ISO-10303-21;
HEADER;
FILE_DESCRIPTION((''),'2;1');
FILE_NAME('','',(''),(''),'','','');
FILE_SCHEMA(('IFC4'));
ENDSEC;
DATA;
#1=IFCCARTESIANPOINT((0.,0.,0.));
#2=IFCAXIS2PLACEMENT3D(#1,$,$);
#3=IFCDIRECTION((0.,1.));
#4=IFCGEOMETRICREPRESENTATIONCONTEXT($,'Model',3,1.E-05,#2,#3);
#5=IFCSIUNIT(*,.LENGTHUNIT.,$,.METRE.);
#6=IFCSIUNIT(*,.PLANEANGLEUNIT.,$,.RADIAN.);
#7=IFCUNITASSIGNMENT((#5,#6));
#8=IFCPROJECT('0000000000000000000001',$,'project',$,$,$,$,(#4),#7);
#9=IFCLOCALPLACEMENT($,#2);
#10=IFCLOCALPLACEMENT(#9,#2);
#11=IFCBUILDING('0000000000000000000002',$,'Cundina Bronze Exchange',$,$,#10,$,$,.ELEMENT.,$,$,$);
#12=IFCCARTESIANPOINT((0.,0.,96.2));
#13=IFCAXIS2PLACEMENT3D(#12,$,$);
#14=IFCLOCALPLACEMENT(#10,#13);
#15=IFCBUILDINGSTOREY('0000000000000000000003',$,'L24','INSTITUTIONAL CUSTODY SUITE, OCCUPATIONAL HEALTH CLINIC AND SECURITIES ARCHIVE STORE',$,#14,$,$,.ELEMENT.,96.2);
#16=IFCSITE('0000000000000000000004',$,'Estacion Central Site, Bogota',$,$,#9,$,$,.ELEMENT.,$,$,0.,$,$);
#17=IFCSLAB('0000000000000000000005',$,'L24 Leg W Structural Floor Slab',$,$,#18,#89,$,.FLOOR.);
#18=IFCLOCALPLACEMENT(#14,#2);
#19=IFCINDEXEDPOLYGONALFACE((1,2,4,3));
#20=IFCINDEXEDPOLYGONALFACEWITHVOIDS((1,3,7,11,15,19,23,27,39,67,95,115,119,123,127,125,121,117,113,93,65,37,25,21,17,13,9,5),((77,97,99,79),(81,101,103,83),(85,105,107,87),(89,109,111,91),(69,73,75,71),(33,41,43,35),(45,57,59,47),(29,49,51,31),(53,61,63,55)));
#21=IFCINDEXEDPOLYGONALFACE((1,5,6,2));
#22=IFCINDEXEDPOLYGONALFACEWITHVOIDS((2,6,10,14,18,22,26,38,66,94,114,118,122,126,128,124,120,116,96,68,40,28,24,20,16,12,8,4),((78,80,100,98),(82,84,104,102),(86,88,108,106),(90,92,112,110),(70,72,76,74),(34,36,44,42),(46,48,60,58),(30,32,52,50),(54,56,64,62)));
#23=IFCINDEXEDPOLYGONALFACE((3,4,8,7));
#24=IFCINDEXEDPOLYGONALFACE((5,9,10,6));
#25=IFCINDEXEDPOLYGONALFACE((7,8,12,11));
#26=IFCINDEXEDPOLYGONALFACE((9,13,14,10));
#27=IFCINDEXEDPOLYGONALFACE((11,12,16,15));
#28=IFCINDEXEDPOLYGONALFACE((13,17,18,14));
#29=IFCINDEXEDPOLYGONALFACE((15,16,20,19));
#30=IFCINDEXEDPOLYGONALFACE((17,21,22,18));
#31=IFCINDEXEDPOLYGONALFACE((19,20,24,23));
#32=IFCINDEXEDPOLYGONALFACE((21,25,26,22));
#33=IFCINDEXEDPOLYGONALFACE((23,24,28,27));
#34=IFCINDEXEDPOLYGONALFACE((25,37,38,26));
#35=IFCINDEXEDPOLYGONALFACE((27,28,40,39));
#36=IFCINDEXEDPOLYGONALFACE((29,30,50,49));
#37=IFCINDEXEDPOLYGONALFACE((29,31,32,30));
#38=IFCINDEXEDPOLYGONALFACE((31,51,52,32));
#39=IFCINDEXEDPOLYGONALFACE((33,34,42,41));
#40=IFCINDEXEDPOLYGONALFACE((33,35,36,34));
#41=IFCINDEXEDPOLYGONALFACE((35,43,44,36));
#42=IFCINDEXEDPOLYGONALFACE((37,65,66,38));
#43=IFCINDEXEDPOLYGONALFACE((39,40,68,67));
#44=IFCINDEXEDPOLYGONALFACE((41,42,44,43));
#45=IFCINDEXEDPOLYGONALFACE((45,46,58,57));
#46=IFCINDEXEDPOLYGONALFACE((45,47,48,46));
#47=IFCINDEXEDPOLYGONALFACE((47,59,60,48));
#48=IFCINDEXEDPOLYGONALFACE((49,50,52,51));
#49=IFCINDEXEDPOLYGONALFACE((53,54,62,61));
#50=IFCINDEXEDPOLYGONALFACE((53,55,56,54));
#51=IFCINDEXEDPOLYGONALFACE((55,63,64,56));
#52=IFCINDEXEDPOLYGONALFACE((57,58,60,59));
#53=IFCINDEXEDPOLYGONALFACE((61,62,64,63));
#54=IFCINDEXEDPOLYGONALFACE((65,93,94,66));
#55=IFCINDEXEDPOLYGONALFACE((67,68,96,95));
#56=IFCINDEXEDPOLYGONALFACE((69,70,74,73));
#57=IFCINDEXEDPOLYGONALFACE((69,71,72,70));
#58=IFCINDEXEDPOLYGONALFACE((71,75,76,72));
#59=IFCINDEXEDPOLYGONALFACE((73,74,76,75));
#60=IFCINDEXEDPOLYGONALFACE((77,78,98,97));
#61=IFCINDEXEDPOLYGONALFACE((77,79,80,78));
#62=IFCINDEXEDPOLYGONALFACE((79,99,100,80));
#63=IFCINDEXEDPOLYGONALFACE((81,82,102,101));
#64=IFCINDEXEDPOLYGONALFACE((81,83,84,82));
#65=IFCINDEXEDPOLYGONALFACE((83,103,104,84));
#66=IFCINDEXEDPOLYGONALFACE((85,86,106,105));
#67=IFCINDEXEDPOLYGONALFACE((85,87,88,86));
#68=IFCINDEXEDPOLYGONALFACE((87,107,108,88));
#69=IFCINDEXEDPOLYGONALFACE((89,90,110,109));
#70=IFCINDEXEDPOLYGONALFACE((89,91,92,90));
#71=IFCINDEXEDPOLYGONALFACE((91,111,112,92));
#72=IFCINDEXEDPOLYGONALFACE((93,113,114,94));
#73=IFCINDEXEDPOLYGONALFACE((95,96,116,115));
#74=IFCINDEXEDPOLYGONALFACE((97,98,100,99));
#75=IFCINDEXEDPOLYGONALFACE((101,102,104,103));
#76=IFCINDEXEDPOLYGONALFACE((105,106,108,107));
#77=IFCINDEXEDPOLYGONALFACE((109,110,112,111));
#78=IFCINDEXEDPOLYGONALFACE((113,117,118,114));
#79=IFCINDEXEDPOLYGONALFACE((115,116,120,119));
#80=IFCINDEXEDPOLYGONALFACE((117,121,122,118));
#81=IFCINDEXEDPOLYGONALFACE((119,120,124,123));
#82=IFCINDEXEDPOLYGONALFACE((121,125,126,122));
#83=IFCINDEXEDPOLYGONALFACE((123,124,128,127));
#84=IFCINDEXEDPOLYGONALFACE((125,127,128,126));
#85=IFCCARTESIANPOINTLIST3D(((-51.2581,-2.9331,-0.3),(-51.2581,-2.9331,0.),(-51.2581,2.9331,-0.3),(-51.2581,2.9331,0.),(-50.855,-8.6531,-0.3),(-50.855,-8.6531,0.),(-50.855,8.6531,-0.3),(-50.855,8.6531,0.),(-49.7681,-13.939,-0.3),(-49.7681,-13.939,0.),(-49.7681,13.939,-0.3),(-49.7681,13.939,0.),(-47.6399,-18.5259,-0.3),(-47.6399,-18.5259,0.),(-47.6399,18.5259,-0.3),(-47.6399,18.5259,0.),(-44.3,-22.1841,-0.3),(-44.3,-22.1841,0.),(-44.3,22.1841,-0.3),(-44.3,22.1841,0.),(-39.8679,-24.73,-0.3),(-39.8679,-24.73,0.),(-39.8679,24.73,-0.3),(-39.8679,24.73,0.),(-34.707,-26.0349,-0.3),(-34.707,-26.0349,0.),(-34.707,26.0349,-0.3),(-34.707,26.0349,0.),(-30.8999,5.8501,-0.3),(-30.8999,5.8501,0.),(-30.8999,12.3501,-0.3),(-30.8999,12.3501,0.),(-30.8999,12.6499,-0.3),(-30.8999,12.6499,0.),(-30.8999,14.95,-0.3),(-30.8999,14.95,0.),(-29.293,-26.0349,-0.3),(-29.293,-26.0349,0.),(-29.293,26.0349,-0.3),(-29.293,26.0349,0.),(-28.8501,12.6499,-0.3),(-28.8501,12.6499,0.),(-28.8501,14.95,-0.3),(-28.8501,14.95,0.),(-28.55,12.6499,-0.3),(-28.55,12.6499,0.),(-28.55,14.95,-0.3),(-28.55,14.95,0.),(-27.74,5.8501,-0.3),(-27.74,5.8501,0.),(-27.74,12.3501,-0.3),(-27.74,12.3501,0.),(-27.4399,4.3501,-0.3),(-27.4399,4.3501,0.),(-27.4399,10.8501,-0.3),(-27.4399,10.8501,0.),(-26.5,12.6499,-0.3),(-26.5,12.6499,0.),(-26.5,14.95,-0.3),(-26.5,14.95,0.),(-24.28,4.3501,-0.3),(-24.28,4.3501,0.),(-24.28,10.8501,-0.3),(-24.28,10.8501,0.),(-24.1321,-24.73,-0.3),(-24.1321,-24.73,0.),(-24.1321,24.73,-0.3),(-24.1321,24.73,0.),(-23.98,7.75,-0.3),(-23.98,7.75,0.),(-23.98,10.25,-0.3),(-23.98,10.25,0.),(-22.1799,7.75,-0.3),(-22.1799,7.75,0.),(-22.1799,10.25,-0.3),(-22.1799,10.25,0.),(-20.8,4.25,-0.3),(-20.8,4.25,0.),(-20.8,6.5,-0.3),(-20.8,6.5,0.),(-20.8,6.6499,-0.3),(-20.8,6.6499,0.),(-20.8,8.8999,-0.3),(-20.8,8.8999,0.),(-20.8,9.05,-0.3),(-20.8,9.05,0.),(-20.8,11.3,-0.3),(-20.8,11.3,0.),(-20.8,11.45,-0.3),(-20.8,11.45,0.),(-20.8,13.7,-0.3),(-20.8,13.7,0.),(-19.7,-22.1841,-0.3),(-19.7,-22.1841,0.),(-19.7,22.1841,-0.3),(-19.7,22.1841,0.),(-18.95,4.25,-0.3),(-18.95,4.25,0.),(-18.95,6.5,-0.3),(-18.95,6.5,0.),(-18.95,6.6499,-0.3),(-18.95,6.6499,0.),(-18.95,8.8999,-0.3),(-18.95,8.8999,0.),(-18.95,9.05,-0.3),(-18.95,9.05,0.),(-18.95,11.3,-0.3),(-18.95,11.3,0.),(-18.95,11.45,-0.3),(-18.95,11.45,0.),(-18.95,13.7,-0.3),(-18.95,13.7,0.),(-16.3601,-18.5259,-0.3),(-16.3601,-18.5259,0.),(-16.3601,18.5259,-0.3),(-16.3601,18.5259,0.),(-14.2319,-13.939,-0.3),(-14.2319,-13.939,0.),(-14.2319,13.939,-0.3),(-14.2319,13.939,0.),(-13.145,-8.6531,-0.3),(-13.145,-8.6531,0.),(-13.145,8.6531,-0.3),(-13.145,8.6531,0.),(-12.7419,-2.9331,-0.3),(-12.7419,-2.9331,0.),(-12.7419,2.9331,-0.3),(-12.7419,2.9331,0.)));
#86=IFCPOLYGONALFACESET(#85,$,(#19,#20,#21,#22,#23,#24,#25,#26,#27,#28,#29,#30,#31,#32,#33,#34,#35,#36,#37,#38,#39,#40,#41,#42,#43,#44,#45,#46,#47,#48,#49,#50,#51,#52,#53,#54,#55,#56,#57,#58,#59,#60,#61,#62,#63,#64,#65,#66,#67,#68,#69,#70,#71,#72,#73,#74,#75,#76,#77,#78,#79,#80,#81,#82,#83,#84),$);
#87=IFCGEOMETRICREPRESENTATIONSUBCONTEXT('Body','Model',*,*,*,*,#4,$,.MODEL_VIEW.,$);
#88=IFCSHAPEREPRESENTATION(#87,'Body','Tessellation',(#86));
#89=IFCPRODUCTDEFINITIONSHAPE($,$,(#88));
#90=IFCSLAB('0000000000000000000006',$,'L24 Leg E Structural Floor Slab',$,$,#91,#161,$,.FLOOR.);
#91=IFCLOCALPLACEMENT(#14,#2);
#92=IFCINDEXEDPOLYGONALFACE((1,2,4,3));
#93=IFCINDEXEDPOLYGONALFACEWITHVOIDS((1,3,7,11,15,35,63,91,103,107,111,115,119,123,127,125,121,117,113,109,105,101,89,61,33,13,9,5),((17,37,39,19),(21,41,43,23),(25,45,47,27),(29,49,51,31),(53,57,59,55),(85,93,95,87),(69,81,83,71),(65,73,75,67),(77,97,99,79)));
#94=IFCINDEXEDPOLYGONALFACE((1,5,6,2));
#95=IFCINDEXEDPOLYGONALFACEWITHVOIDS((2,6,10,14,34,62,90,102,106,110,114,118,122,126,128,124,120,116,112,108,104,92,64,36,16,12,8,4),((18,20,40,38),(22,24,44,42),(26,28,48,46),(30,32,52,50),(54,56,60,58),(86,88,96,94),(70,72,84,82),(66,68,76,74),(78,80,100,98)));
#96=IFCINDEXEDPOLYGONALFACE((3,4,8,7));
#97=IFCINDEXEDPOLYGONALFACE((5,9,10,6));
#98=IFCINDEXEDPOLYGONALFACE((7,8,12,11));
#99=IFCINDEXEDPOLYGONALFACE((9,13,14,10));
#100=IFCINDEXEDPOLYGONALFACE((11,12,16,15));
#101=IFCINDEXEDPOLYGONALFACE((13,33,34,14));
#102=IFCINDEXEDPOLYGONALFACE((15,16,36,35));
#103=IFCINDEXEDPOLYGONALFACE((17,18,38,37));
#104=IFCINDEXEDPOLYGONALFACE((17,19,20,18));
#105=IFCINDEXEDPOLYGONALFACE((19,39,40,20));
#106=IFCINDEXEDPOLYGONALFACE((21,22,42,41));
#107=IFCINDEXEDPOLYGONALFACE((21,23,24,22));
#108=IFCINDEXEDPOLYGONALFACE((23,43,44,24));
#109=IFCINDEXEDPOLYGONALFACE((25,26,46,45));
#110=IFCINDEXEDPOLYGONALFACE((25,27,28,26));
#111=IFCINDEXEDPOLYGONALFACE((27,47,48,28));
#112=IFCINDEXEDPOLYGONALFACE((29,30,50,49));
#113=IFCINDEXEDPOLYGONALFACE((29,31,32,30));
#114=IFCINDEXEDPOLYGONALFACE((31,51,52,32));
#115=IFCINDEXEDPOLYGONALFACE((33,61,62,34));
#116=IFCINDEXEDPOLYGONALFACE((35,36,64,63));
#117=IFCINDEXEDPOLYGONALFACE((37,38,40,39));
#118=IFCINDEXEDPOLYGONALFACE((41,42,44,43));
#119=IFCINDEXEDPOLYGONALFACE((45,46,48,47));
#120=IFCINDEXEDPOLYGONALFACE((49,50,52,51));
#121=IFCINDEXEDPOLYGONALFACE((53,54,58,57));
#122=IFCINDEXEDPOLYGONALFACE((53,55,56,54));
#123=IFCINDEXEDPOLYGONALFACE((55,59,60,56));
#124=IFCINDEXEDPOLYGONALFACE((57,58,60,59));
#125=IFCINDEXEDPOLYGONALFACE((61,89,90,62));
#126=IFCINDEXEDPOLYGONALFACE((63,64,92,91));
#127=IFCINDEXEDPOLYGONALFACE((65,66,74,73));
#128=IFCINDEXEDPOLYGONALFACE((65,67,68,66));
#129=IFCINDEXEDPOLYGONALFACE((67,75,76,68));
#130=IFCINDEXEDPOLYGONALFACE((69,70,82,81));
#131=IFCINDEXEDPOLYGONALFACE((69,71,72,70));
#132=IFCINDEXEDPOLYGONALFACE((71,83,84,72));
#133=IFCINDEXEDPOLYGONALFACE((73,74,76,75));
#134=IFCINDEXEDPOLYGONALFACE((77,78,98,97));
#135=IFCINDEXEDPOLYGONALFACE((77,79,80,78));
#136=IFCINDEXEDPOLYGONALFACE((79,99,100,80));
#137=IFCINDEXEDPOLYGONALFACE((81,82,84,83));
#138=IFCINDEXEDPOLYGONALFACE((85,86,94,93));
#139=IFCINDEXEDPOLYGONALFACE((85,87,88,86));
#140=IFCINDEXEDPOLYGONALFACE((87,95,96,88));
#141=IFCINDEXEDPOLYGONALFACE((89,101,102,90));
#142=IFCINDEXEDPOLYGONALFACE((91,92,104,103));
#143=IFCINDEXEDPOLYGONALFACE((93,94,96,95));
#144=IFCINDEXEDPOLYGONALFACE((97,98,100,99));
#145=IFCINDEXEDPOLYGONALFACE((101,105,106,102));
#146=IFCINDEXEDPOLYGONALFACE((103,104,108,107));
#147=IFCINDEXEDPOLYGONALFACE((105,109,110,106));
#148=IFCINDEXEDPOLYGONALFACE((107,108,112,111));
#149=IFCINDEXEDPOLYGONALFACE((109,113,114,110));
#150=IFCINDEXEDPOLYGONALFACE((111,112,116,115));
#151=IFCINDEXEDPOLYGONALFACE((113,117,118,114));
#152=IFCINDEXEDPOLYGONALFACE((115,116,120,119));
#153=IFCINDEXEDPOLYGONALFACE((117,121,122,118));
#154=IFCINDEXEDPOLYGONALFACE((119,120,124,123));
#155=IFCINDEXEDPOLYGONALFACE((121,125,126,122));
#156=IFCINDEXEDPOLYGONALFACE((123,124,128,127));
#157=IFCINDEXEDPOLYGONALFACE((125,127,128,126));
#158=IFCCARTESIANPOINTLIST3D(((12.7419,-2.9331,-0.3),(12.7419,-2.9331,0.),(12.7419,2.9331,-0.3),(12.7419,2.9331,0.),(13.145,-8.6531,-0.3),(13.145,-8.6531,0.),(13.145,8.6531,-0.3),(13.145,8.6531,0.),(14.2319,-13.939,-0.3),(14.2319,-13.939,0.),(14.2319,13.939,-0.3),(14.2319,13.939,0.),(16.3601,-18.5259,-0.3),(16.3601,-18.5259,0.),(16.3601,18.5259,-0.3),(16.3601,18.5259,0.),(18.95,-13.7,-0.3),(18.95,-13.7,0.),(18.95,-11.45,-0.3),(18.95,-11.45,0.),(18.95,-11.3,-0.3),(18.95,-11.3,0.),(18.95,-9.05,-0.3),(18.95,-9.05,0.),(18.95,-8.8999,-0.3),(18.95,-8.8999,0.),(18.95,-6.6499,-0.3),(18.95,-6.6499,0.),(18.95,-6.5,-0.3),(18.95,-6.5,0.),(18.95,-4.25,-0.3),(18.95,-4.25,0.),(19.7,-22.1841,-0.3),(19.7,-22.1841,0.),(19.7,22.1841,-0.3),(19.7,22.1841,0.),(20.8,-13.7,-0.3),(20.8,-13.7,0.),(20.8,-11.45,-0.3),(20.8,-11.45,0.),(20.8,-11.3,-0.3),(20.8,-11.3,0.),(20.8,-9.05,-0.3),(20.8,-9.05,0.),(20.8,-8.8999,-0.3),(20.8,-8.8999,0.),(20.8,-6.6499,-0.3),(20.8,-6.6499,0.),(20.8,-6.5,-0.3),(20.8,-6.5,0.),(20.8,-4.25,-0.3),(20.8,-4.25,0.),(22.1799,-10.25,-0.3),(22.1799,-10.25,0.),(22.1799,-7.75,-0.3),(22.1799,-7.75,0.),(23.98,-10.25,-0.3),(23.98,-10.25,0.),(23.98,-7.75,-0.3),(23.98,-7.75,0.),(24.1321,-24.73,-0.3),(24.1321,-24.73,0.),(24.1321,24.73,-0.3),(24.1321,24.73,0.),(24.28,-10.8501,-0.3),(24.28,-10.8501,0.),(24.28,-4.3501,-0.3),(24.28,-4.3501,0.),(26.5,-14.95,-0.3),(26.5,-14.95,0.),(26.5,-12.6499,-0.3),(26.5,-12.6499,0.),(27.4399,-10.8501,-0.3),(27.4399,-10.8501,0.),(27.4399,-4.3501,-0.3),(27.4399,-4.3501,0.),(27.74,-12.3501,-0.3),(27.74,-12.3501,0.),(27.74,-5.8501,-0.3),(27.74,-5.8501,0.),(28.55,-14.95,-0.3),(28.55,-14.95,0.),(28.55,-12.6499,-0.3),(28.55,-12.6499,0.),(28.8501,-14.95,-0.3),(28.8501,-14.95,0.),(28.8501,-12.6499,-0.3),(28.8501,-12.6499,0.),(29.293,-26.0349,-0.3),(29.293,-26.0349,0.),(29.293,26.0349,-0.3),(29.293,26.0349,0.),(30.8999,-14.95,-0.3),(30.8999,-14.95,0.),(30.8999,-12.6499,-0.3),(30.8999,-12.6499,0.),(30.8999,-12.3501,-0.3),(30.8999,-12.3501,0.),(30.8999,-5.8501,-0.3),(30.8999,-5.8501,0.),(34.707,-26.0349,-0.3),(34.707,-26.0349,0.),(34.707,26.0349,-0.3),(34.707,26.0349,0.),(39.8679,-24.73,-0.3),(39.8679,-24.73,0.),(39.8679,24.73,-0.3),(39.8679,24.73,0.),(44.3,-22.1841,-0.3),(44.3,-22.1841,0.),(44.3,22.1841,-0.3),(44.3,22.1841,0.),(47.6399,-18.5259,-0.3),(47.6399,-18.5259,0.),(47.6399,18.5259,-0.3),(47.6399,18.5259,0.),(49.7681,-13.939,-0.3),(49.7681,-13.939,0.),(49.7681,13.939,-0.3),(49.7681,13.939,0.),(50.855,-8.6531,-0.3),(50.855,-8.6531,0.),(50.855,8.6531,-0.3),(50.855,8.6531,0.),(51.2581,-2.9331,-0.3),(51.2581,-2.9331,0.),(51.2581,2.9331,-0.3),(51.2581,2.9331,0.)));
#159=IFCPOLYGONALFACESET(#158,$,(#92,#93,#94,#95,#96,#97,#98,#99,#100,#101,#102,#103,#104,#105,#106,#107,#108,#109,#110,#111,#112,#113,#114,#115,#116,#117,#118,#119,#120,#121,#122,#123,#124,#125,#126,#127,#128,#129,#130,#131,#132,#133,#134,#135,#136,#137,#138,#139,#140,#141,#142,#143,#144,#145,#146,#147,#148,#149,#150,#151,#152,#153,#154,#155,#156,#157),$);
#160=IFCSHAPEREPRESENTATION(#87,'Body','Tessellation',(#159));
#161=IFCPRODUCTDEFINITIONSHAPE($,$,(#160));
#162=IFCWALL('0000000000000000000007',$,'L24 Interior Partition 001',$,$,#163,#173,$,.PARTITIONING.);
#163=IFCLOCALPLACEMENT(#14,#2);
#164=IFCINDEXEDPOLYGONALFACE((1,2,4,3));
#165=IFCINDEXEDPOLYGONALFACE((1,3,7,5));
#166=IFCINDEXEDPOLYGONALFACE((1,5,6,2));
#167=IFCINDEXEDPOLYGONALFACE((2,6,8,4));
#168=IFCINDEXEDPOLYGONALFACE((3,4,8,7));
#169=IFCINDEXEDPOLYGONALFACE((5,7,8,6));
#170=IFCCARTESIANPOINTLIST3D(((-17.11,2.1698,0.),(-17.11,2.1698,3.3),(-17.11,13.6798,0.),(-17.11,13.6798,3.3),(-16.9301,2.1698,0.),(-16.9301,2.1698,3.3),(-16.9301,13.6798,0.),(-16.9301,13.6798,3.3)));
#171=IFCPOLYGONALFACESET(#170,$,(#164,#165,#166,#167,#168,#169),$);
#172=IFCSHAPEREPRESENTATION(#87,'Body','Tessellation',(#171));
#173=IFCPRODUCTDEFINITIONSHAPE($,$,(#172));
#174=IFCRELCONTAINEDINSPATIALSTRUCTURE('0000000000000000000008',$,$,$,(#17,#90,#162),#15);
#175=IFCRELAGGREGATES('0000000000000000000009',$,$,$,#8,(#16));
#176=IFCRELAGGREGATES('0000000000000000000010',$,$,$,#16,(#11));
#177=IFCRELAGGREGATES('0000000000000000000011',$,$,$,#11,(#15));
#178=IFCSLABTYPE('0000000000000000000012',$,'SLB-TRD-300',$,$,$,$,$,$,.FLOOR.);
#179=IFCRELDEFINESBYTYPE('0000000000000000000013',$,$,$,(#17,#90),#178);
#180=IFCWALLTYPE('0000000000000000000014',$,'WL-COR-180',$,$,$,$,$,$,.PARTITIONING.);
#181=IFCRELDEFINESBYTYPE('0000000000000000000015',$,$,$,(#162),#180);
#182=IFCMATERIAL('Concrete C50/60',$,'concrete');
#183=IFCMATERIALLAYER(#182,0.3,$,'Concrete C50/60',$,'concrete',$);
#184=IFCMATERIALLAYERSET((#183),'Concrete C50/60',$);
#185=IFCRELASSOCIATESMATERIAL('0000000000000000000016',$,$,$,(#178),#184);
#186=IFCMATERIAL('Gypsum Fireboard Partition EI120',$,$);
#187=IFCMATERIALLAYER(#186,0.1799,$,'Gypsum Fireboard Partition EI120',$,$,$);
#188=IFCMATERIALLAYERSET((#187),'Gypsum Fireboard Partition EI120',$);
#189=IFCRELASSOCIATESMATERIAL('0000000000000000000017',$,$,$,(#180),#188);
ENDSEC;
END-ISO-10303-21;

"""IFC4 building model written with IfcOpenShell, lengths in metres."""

from ifc_helpers import new_model, si_unit, direction, frame, frame_2d, origin, place, context, subcontext, project, spatial, polyline, rectangle, outline, extrude, material, layer, layer_set, type_object, element, save


model = new_model("IFC4")

# Units and contexts
model_context = context("Model", 3, precision=1e-05, world=origin(), true_north=direction((0.0, 1.0)))
body_context = subcontext(model_context, "Body", "Model", "MODEL_VIEW")
ifc_project = project(units=[si_unit("LENGTHUNIT", "METRE"), si_unit("PLANEANGLEUNIT", "RADIAN")], contexts=[model_context])

# Site, building, storey
site_placement = place(None, origin())
site = spatial("IfcSite", under=ifc_project, at=site_placement, Name="Estacion Central Site, Bogota", CompositionType="ELEMENT", RefElevation=0.0)
building_placement = place(site_placement, origin())
building = spatial("IfcBuilding", under=site, at=building_placement, Name="Cundina Bronze Exchange", CompositionType="ELEMENT")
storey_placement = place(building_placement, frame((0.0, 0.0, 96.2)))
storey = spatial("IfcBuildingStorey", under=building, at=storey_placement, Name="L24", Description="INSTITUTIONAL CUSTODY SUITE, OCCUPATIONAL HEALTH CLINIC AND SECURITIES ARCHIVE STORE", CompositionType="ELEMENT", Elevation=96.2)

# Slabs
ifc_material_1 = material(Name="Concrete C50/60", Category="concrete")
ifc_layer_1 = layer(ifc_material_1, 0.3, Name="Concrete C50/60", Category="concrete")
ifc_layer_set_1 = layer_set([ifc_layer_1], Name="Concrete C50/60")
slab_type_1 = type_object("IfcSlabType", Name="SLB-TRD-300", PredefinedType="FLOOR", material=ifc_layer_set_1)
slab_1_placement = place(storey_placement, frame((0.0, 0.0, -0.3)))
element("IfcSlab", 1, at=slab_1_placement, inside=storey, type_object=slab_type_1, Name="L24 Leg W Structural Floor Slab", PredefinedType="FLOOR", context=body_context, shape_type="SweptSolid", body=[
    extrude(outline(polyline([(-12.7419, 2.9331), (-13.145, 8.6531), (-14.2319, 13.939), (-16.3601, 18.5259), (-19.7, 22.1841), (-24.1321, 24.73), (-29.293, 26.0349), (-34.707, 26.0349), (-39.8679, 24.73), (-44.3, 22.1841), (-47.6399, 18.5259), (-49.7681, 13.939), (-50.855, 8.6531), (-51.2581, 2.9331), (-51.2581, -2.9331), (-50.855, -8.6531), (-49.7681, -13.939), (-47.6399, -18.5259), (-44.3, -22.1841), (-39.8679, -24.73), (-34.707, -26.0349), (-29.293, -26.0349), (-24.1321, -24.73), (-19.7, -22.1841), (-16.3601, -18.5259), (-14.2319, -13.939), (-13.145, -8.6531), (-12.7419, -2.9331), (-12.7419, 2.9331)]), holes=[polyline([(-27.74, 5.8501), (-27.74, 12.3501), (-30.8999, 12.3501), (-30.8999, 5.8501), (-27.74, 5.8501)]), polyline([(-27.4399, 10.8501), (-27.4399, 4.3501), (-24.28, 4.3501), (-24.28, 10.8501), (-27.4399, 10.8501)]), polyline([(-23.98, 10.25), (-22.1799, 10.25), (-22.1799, 7.75), (-23.98, 7.75), (-23.98, 10.25)]), polyline([(-30.8999, 14.95), (-28.8501, 14.95), (-28.8501, 12.6499), (-30.8999, 12.6499), (-30.8999, 14.95)]), polyline([(-28.55, 14.95), (-26.5, 14.95), (-26.5, 12.6499), (-28.55, 12.6499), (-28.55, 14.95)]), polyline([(-20.8, 13.7), (-18.95, 13.7), (-18.95, 11.45), (-20.8, 11.45), (-20.8, 13.7)]), polyline([(-20.8, 11.3), (-18.95, 11.3), (-18.95, 9.05), (-20.8, 9.05), (-20.8, 11.3)]), polyline([(-20.8, 8.8999), (-18.95, 8.8999), (-18.95, 6.6499), (-20.8, 6.6499), (-20.8, 8.8999)]), polyline([(-20.8, 6.5), (-18.95, 6.5), (-18.95, 4.25), (-20.8, 4.25), (-20.8, 6.5)])]), origin(), (0.0, 0.0, 1.0), 0.3),
])
slab_2_placement = place(storey_placement, frame((0.0, 0.0, -0.3)))
element("IfcSlab", 2, at=slab_2_placement, inside=storey, type_object=slab_type_1, Name="L24 Leg E Structural Floor Slab", PredefinedType="FLOOR", context=body_context, shape_type="SweptSolid", body=[
    extrude(outline(polyline([(51.2581, 2.9331), (50.855, 8.6531), (49.7681, 13.939), (47.6399, 18.5259), (44.3, 22.1841), (39.8679, 24.73), (34.707, 26.0349), (29.293, 26.0349), (24.1321, 24.73), (19.7, 22.1841), (16.3601, 18.5259), (14.2319, 13.939), (13.145, 8.6531), (12.7419, 2.9331), (12.7419, -2.9331), (13.145, -8.6531), (14.2319, -13.939), (16.3601, -18.5259), (19.7, -22.1841), (24.1321, -24.73), (29.293, -26.0349), (34.707, -26.0349), (39.8679, -24.73), (44.3, -22.1841), (47.6399, -18.5259), (49.7681, -13.939), (50.855, -8.6531), (51.2581, -2.9331), (51.2581, 2.9331)]), holes=[polyline([(27.74, -5.8501), (27.74, -12.3501), (30.8999, -12.3501), (30.8999, -5.8501), (27.74, -5.8501)]), polyline([(27.4399, -10.8501), (27.4399, -4.3501), (24.28, -4.3501), (24.28, -10.8501), (27.4399, -10.8501)]), polyline([(22.1799, -7.75), (23.98, -7.75), (23.98, -10.25), (22.1799, -10.25), (22.1799, -7.75)]), polyline([(28.8501, -12.6499), (30.8999, -12.6499), (30.8999, -14.95), (28.8501, -14.95), (28.8501, -12.6499)]), polyline([(26.5, -12.6499), (28.55, -12.6499), (28.55, -14.95), (26.5, -14.95), (26.5, -12.6499)]), polyline([(18.95, -11.45), (20.8, -11.45), (20.8, -13.7), (18.95, -13.7), (18.95, -11.45)]), polyline([(18.95, -9.05), (20.8, -9.05), (20.8, -11.3), (18.95, -11.3), (18.95, -9.05)]), polyline([(18.95, -6.6499), (20.8, -6.6499), (20.8, -8.8999), (18.95, -8.8999), (18.95, -6.6499)]), polyline([(18.95, -4.25), (20.8, -4.25), (20.8, -6.5), (18.95, -6.5), (18.95, -4.25)])]), origin(), (0.0, 0.0, 1.0), 0.3),
])

# Wall
ifc_material_2 = material(Name="Gypsum Fireboard Partition EI120")
ifc_layer_2 = layer(ifc_material_2, 0.1799, Name="Gypsum Fireboard Partition EI120")
ifc_layer_set_2 = layer_set([ifc_layer_2], Name="Gypsum Fireboard Partition EI120")
wall_type_1 = type_object("IfcWallType", Name="WL-COR-180", PredefinedType="PARTITIONING", material=ifc_layer_set_2)
wall_1_placement = place(storey_placement, frame((-17.02, 2.1699, 0.0), z_axis=(0.0, 0.0, 1.0), x_axis=(0.0, 1.0, 0.0)))
element("IfcWall", 3, at=wall_1_placement, inside=storey, type_object=wall_type_1, Name="L24 Interior Partition 001", PredefinedType="PARTITIONING", context=body_context, shape_type="SweptSolid", body=[
    extrude(rectangle(XDim=11.51, YDim=0.1799, at=frame_2d((5.7549, 0.0))), origin(), (0.0, 0.0, 1.0), 3.3),
])

save(model, "model.ifc")
